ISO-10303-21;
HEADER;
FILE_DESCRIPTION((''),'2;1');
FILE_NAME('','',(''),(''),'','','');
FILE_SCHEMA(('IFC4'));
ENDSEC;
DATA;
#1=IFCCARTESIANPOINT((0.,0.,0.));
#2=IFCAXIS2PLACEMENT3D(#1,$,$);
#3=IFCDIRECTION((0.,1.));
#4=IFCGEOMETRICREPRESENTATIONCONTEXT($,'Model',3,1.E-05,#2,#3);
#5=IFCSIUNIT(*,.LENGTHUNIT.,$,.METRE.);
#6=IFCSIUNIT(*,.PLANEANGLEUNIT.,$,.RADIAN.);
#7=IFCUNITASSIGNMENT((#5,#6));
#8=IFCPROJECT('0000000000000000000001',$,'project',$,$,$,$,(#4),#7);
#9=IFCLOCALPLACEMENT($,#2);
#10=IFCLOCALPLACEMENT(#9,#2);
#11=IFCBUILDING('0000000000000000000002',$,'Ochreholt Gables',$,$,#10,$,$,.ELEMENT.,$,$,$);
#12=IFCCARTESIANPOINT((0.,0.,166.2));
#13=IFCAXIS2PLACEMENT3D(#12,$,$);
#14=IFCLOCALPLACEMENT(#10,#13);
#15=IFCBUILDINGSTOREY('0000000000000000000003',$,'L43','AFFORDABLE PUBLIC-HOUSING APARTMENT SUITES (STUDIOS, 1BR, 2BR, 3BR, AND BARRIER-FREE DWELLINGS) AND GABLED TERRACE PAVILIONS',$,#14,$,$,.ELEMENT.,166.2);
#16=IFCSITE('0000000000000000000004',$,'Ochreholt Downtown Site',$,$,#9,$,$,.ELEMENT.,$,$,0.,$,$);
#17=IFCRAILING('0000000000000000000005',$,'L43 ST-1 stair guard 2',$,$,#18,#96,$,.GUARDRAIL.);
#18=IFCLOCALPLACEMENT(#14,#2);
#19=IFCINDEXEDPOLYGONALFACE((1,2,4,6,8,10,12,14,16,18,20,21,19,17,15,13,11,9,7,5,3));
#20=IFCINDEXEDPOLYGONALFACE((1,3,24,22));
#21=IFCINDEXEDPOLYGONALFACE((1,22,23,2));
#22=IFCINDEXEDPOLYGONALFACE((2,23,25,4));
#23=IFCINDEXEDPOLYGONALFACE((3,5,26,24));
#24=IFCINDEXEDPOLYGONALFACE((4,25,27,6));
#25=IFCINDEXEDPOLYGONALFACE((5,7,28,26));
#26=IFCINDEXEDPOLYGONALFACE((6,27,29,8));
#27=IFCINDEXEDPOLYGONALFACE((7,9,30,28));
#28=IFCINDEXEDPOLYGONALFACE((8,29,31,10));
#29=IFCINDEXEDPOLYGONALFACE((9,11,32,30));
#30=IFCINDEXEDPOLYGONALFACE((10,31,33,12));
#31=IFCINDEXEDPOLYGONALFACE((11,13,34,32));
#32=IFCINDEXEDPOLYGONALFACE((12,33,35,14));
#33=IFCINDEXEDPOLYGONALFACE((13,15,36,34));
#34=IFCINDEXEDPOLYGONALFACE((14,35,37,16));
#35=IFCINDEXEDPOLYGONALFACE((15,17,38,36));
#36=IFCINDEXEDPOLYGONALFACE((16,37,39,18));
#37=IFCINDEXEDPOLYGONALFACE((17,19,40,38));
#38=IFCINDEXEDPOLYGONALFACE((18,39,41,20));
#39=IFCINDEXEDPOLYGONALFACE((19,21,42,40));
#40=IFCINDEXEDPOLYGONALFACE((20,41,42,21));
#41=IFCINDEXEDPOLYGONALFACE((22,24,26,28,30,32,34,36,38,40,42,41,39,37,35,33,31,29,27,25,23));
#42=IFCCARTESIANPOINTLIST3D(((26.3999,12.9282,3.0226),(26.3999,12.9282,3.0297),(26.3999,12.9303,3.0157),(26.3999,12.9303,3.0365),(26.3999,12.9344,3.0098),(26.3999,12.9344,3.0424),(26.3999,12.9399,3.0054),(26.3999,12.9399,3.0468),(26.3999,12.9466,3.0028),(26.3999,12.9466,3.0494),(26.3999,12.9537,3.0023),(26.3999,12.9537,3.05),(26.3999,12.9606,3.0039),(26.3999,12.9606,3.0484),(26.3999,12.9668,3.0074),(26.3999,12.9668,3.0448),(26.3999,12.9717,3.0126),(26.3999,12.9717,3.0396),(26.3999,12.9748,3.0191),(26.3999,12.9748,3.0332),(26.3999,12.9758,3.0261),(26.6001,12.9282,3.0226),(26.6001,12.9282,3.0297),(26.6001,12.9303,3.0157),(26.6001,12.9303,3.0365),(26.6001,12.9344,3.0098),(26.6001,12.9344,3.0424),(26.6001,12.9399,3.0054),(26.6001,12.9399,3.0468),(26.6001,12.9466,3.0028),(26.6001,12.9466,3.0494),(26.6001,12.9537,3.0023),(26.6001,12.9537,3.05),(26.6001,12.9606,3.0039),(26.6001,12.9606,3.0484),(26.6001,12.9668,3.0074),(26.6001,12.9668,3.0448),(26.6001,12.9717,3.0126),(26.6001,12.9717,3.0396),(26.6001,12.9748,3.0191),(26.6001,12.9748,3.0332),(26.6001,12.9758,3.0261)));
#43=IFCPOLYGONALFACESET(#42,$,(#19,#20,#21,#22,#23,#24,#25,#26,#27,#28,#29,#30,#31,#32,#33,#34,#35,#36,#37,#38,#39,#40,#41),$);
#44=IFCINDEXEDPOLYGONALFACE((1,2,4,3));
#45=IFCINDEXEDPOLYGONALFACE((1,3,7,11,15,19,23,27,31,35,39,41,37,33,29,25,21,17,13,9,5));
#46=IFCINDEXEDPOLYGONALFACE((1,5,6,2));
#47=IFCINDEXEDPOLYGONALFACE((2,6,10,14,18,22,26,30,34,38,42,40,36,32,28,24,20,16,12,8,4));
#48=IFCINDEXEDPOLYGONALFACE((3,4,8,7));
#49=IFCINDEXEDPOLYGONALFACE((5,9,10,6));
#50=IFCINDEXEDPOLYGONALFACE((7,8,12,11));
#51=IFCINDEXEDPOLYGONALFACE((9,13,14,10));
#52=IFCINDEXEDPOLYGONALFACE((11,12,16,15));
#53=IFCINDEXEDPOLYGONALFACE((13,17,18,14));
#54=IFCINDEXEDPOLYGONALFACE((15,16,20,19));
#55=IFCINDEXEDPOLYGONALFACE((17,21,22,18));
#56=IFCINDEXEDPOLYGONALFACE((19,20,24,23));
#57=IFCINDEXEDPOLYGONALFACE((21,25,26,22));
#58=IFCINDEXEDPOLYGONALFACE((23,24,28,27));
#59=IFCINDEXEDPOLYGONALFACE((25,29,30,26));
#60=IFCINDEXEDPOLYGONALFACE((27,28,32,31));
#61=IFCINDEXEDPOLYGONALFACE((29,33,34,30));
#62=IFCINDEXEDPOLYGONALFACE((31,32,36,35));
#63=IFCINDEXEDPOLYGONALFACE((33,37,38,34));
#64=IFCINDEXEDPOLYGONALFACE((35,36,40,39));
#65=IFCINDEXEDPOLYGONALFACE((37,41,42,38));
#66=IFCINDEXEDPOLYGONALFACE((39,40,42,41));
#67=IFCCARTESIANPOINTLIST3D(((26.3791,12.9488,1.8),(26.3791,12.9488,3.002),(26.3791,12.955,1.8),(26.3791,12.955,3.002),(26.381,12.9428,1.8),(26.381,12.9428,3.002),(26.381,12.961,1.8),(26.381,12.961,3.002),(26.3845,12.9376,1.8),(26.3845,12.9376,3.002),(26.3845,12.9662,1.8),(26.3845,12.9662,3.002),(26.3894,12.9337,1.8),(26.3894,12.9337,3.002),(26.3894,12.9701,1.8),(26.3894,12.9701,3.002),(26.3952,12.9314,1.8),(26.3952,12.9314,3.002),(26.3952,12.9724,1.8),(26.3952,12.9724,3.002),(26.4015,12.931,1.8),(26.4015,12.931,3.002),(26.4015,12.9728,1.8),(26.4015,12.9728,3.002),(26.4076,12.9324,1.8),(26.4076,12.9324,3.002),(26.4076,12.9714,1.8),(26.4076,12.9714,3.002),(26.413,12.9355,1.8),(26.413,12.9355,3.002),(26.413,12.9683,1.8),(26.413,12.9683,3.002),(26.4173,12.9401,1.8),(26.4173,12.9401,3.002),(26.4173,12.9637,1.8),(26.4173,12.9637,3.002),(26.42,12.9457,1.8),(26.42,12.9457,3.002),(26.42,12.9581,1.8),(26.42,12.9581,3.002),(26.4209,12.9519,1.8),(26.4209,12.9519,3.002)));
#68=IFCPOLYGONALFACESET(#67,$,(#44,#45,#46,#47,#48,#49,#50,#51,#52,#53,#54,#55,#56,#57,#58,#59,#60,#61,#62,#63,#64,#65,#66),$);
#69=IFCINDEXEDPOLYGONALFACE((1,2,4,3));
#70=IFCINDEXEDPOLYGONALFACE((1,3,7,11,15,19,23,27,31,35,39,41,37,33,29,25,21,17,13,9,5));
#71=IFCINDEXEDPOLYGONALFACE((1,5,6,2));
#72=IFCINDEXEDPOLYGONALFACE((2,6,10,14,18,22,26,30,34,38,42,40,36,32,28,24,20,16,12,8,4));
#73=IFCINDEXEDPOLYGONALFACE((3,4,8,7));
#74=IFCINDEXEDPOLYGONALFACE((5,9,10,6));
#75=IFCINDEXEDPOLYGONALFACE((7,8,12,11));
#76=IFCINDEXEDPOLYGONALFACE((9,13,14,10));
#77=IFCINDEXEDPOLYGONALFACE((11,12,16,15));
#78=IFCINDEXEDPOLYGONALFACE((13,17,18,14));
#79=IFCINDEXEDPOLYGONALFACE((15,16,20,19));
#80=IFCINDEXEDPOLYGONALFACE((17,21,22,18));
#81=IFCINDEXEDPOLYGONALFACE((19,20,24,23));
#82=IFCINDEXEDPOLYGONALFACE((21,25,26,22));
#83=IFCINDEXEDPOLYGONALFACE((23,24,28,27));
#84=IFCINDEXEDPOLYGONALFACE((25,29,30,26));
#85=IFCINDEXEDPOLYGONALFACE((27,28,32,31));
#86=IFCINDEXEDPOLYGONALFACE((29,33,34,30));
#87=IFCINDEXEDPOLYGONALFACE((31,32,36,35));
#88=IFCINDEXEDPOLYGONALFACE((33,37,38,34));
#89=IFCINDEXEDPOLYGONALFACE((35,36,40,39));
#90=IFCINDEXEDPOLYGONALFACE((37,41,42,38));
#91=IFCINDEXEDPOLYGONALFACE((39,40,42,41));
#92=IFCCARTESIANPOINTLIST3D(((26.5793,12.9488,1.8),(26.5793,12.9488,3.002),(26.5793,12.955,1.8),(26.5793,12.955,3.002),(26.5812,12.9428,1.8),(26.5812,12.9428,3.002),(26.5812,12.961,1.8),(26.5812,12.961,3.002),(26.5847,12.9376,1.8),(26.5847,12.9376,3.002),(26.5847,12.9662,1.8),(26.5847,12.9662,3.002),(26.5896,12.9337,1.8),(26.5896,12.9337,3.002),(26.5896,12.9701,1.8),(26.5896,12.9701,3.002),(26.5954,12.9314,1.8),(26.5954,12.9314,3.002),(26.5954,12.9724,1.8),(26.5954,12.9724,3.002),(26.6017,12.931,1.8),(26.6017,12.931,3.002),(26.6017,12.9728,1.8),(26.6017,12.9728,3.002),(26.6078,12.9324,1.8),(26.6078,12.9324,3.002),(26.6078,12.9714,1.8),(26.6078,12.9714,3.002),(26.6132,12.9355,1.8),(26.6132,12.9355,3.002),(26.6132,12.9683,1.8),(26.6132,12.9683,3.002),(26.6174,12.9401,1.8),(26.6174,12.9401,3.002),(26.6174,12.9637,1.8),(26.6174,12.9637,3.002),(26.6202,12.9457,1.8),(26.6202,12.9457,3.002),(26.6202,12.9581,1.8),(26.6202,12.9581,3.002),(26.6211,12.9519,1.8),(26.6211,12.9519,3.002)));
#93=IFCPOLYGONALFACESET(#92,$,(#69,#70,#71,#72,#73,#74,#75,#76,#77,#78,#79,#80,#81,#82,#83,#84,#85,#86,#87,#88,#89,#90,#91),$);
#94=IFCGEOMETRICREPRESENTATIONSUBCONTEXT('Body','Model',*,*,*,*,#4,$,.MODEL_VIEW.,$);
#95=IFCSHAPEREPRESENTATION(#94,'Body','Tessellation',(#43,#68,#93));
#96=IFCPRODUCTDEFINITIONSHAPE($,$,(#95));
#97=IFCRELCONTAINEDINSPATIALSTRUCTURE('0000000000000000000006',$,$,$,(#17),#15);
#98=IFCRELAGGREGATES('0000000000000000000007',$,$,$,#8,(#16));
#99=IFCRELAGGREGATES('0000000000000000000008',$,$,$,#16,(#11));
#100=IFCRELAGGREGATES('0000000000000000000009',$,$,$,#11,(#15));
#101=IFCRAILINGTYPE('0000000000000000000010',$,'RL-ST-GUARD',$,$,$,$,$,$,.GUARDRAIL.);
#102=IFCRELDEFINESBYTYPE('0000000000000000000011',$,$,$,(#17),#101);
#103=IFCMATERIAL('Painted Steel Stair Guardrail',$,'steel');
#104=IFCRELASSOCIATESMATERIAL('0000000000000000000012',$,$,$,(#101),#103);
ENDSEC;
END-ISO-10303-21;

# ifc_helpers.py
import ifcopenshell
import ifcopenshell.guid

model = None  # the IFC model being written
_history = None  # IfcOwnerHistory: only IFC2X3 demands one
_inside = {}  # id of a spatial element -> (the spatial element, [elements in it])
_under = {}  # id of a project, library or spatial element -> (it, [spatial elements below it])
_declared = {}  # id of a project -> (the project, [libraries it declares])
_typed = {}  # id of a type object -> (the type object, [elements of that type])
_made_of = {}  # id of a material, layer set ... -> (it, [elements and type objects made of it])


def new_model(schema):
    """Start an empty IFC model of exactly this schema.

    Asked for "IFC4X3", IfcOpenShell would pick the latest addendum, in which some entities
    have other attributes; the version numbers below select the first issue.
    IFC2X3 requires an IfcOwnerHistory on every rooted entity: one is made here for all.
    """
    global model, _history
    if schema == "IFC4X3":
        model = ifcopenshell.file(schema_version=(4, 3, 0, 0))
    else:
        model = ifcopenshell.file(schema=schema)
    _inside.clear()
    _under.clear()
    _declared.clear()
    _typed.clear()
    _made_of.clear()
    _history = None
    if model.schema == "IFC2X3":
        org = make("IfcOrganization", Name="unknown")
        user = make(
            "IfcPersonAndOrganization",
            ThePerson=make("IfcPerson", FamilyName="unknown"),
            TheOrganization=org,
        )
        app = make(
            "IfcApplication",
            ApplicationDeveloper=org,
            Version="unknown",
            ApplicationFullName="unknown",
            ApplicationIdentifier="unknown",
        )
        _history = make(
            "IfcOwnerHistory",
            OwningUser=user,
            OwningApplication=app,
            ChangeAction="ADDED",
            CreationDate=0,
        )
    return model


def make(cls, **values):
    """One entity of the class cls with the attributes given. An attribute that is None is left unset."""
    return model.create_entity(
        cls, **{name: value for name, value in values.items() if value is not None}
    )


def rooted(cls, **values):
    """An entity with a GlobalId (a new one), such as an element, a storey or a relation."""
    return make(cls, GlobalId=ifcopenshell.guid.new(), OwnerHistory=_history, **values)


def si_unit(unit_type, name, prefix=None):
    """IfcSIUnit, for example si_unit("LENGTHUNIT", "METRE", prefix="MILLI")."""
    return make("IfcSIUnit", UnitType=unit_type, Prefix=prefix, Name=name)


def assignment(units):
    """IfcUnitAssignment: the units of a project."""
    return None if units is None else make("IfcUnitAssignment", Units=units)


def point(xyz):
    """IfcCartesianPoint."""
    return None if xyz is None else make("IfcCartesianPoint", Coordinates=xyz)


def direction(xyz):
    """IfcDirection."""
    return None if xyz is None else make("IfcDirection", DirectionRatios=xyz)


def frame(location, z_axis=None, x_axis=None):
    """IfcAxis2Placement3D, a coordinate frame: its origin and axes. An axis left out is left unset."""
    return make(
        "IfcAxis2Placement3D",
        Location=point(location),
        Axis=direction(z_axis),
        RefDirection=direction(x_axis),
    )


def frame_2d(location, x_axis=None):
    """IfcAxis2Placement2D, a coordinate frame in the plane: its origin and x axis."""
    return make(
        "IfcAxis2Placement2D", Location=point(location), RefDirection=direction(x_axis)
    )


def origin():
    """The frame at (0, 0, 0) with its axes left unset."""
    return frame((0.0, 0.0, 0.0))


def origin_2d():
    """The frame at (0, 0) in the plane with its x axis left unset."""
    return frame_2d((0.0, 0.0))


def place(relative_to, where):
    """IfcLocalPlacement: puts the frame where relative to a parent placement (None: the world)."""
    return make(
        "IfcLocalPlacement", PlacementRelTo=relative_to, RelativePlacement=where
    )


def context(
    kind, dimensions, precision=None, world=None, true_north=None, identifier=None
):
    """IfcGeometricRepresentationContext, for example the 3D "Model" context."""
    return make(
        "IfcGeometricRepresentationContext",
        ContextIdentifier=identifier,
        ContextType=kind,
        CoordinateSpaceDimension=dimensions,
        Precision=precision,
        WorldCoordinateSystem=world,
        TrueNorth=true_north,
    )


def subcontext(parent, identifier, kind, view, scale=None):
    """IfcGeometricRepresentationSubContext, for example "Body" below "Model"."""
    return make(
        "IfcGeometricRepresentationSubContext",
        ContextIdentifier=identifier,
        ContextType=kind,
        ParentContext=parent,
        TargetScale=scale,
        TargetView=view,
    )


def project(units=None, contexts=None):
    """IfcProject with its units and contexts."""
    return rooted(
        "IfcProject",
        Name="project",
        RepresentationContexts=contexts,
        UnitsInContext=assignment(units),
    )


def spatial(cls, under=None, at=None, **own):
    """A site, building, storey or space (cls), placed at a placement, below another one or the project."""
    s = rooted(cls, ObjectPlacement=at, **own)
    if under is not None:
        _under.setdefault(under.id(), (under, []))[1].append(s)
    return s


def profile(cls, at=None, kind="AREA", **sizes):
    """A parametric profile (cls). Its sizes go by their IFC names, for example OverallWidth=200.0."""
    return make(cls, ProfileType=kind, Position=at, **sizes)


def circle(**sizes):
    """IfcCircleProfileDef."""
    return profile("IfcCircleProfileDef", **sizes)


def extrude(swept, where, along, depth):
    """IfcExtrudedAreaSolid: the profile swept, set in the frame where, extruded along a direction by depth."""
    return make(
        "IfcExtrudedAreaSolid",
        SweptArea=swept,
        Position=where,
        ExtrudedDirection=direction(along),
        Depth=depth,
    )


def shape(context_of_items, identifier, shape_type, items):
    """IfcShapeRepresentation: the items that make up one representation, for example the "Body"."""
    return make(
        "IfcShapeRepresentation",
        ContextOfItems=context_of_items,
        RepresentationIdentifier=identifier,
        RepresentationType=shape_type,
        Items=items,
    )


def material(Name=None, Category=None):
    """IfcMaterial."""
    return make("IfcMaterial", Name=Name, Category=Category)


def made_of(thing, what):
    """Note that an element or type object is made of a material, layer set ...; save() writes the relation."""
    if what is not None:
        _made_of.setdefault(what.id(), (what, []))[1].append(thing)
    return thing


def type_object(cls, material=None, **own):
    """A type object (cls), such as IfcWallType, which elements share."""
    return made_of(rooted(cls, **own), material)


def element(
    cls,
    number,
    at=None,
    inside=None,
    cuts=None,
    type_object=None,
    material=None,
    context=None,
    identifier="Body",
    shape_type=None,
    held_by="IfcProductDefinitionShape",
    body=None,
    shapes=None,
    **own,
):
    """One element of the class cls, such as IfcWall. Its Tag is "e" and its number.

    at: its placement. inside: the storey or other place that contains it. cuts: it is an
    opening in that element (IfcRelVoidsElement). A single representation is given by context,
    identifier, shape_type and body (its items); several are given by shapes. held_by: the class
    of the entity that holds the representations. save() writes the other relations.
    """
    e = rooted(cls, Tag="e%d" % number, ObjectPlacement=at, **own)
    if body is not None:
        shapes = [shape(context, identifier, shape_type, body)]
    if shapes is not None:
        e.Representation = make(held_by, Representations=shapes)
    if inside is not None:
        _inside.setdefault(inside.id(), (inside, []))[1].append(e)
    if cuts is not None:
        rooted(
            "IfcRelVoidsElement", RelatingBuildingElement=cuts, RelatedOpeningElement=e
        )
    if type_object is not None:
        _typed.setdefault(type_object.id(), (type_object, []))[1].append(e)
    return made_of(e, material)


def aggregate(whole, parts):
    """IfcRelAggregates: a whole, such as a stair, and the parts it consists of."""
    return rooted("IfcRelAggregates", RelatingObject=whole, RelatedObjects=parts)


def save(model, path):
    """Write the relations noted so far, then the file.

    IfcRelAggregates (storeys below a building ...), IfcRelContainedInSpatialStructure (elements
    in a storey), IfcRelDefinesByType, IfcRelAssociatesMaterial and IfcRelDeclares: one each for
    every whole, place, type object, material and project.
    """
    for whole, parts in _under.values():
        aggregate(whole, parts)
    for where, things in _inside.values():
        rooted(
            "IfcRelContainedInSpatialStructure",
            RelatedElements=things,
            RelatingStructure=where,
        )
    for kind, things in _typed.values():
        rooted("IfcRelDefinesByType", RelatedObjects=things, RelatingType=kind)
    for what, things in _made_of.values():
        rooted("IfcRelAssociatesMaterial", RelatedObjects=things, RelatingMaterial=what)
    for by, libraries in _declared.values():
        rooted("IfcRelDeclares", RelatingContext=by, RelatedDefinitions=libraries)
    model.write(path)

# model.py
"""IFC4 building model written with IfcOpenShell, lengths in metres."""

from ifc_helpers import new_model, si_unit, direction, frame, origin, origin_2d, place, context, subcontext, project, spatial, circle, extrude, material, type_object, element, save


model = new_model("IFC4")

# Units and contexts
model_context = context("Model", 3, precision=1e-05, world=origin(), true_north=direction((0.0, 1.0)))
body_context = subcontext(model_context, "Body", "Model", "MODEL_VIEW")
ifc_project = project(units=[si_unit("LENGTHUNIT", "METRE"), si_unit("PLANEANGLEUNIT", "RADIAN")], contexts=[model_context])

# Site, building, storey
site_placement = place(None, origin())
site = spatial("IfcSite", under=ifc_project, at=site_placement, Name="Ochreholt Downtown Site", CompositionType="ELEMENT", RefElevation=0.0)
building_placement = place(site_placement, origin())
building = spatial("IfcBuilding", under=site, at=building_placement, Name="Ochreholt Gables", CompositionType="ELEMENT")
storey_placement = place(building_placement, frame((0.0, 0.0, 166.2)))
storey = spatial("IfcBuildingStorey", under=building, at=storey_placement, Name="L43", Description="AFFORDABLE PUBLIC-HOUSING APARTMENT SUITES (STUDIOS, 1BR, 2BR, 3BR, AND BARRIER-FREE DWELLINGS) AND GABLED TERRACE PAVILIONS", CompositionType="ELEMENT", Elevation=166.2)

# Railing
ifc_material_1 = material(Name="Painted Steel Stair Guardrail", Category="steel")
railing_type_1 = type_object("IfcRailingType", Name="RL-ST-GUARD", PredefinedType="GUARDRAIL", material=ifc_material_1)
railing_1_placement = place(storey_placement, frame((26.3999, 12.9519, 1.8)))
element("IfcRailing", 1, at=railing_1_placement, inside=storey, type_object=railing_type_1, Name="L43 ST-1 stair guard 2", PredefinedType="GUARDRAIL", context=body_context, shape_type="SweptSolid", body=[
    extrude(circle(Radius=0.0239, at=origin_2d()), frame((0.0, 0.0, 1.2261), z_axis=(1.0, 0.0, 0.0), x_axis=(0.0, 1.0, 0.0)), (0.0, 0.0, 1.0), 0.2002),
    extrude(circle(Radius=0.021, at=origin_2d()), origin(), (0.0, 0.0, 1.0), 1.2019),
    extrude(circle(Radius=0.021, at=origin_2d()), frame((0.2002, 0.0, 0.0)), (0.0, 0.0, 1.0), 1.2019),
])

save(model, "model.ifc")
